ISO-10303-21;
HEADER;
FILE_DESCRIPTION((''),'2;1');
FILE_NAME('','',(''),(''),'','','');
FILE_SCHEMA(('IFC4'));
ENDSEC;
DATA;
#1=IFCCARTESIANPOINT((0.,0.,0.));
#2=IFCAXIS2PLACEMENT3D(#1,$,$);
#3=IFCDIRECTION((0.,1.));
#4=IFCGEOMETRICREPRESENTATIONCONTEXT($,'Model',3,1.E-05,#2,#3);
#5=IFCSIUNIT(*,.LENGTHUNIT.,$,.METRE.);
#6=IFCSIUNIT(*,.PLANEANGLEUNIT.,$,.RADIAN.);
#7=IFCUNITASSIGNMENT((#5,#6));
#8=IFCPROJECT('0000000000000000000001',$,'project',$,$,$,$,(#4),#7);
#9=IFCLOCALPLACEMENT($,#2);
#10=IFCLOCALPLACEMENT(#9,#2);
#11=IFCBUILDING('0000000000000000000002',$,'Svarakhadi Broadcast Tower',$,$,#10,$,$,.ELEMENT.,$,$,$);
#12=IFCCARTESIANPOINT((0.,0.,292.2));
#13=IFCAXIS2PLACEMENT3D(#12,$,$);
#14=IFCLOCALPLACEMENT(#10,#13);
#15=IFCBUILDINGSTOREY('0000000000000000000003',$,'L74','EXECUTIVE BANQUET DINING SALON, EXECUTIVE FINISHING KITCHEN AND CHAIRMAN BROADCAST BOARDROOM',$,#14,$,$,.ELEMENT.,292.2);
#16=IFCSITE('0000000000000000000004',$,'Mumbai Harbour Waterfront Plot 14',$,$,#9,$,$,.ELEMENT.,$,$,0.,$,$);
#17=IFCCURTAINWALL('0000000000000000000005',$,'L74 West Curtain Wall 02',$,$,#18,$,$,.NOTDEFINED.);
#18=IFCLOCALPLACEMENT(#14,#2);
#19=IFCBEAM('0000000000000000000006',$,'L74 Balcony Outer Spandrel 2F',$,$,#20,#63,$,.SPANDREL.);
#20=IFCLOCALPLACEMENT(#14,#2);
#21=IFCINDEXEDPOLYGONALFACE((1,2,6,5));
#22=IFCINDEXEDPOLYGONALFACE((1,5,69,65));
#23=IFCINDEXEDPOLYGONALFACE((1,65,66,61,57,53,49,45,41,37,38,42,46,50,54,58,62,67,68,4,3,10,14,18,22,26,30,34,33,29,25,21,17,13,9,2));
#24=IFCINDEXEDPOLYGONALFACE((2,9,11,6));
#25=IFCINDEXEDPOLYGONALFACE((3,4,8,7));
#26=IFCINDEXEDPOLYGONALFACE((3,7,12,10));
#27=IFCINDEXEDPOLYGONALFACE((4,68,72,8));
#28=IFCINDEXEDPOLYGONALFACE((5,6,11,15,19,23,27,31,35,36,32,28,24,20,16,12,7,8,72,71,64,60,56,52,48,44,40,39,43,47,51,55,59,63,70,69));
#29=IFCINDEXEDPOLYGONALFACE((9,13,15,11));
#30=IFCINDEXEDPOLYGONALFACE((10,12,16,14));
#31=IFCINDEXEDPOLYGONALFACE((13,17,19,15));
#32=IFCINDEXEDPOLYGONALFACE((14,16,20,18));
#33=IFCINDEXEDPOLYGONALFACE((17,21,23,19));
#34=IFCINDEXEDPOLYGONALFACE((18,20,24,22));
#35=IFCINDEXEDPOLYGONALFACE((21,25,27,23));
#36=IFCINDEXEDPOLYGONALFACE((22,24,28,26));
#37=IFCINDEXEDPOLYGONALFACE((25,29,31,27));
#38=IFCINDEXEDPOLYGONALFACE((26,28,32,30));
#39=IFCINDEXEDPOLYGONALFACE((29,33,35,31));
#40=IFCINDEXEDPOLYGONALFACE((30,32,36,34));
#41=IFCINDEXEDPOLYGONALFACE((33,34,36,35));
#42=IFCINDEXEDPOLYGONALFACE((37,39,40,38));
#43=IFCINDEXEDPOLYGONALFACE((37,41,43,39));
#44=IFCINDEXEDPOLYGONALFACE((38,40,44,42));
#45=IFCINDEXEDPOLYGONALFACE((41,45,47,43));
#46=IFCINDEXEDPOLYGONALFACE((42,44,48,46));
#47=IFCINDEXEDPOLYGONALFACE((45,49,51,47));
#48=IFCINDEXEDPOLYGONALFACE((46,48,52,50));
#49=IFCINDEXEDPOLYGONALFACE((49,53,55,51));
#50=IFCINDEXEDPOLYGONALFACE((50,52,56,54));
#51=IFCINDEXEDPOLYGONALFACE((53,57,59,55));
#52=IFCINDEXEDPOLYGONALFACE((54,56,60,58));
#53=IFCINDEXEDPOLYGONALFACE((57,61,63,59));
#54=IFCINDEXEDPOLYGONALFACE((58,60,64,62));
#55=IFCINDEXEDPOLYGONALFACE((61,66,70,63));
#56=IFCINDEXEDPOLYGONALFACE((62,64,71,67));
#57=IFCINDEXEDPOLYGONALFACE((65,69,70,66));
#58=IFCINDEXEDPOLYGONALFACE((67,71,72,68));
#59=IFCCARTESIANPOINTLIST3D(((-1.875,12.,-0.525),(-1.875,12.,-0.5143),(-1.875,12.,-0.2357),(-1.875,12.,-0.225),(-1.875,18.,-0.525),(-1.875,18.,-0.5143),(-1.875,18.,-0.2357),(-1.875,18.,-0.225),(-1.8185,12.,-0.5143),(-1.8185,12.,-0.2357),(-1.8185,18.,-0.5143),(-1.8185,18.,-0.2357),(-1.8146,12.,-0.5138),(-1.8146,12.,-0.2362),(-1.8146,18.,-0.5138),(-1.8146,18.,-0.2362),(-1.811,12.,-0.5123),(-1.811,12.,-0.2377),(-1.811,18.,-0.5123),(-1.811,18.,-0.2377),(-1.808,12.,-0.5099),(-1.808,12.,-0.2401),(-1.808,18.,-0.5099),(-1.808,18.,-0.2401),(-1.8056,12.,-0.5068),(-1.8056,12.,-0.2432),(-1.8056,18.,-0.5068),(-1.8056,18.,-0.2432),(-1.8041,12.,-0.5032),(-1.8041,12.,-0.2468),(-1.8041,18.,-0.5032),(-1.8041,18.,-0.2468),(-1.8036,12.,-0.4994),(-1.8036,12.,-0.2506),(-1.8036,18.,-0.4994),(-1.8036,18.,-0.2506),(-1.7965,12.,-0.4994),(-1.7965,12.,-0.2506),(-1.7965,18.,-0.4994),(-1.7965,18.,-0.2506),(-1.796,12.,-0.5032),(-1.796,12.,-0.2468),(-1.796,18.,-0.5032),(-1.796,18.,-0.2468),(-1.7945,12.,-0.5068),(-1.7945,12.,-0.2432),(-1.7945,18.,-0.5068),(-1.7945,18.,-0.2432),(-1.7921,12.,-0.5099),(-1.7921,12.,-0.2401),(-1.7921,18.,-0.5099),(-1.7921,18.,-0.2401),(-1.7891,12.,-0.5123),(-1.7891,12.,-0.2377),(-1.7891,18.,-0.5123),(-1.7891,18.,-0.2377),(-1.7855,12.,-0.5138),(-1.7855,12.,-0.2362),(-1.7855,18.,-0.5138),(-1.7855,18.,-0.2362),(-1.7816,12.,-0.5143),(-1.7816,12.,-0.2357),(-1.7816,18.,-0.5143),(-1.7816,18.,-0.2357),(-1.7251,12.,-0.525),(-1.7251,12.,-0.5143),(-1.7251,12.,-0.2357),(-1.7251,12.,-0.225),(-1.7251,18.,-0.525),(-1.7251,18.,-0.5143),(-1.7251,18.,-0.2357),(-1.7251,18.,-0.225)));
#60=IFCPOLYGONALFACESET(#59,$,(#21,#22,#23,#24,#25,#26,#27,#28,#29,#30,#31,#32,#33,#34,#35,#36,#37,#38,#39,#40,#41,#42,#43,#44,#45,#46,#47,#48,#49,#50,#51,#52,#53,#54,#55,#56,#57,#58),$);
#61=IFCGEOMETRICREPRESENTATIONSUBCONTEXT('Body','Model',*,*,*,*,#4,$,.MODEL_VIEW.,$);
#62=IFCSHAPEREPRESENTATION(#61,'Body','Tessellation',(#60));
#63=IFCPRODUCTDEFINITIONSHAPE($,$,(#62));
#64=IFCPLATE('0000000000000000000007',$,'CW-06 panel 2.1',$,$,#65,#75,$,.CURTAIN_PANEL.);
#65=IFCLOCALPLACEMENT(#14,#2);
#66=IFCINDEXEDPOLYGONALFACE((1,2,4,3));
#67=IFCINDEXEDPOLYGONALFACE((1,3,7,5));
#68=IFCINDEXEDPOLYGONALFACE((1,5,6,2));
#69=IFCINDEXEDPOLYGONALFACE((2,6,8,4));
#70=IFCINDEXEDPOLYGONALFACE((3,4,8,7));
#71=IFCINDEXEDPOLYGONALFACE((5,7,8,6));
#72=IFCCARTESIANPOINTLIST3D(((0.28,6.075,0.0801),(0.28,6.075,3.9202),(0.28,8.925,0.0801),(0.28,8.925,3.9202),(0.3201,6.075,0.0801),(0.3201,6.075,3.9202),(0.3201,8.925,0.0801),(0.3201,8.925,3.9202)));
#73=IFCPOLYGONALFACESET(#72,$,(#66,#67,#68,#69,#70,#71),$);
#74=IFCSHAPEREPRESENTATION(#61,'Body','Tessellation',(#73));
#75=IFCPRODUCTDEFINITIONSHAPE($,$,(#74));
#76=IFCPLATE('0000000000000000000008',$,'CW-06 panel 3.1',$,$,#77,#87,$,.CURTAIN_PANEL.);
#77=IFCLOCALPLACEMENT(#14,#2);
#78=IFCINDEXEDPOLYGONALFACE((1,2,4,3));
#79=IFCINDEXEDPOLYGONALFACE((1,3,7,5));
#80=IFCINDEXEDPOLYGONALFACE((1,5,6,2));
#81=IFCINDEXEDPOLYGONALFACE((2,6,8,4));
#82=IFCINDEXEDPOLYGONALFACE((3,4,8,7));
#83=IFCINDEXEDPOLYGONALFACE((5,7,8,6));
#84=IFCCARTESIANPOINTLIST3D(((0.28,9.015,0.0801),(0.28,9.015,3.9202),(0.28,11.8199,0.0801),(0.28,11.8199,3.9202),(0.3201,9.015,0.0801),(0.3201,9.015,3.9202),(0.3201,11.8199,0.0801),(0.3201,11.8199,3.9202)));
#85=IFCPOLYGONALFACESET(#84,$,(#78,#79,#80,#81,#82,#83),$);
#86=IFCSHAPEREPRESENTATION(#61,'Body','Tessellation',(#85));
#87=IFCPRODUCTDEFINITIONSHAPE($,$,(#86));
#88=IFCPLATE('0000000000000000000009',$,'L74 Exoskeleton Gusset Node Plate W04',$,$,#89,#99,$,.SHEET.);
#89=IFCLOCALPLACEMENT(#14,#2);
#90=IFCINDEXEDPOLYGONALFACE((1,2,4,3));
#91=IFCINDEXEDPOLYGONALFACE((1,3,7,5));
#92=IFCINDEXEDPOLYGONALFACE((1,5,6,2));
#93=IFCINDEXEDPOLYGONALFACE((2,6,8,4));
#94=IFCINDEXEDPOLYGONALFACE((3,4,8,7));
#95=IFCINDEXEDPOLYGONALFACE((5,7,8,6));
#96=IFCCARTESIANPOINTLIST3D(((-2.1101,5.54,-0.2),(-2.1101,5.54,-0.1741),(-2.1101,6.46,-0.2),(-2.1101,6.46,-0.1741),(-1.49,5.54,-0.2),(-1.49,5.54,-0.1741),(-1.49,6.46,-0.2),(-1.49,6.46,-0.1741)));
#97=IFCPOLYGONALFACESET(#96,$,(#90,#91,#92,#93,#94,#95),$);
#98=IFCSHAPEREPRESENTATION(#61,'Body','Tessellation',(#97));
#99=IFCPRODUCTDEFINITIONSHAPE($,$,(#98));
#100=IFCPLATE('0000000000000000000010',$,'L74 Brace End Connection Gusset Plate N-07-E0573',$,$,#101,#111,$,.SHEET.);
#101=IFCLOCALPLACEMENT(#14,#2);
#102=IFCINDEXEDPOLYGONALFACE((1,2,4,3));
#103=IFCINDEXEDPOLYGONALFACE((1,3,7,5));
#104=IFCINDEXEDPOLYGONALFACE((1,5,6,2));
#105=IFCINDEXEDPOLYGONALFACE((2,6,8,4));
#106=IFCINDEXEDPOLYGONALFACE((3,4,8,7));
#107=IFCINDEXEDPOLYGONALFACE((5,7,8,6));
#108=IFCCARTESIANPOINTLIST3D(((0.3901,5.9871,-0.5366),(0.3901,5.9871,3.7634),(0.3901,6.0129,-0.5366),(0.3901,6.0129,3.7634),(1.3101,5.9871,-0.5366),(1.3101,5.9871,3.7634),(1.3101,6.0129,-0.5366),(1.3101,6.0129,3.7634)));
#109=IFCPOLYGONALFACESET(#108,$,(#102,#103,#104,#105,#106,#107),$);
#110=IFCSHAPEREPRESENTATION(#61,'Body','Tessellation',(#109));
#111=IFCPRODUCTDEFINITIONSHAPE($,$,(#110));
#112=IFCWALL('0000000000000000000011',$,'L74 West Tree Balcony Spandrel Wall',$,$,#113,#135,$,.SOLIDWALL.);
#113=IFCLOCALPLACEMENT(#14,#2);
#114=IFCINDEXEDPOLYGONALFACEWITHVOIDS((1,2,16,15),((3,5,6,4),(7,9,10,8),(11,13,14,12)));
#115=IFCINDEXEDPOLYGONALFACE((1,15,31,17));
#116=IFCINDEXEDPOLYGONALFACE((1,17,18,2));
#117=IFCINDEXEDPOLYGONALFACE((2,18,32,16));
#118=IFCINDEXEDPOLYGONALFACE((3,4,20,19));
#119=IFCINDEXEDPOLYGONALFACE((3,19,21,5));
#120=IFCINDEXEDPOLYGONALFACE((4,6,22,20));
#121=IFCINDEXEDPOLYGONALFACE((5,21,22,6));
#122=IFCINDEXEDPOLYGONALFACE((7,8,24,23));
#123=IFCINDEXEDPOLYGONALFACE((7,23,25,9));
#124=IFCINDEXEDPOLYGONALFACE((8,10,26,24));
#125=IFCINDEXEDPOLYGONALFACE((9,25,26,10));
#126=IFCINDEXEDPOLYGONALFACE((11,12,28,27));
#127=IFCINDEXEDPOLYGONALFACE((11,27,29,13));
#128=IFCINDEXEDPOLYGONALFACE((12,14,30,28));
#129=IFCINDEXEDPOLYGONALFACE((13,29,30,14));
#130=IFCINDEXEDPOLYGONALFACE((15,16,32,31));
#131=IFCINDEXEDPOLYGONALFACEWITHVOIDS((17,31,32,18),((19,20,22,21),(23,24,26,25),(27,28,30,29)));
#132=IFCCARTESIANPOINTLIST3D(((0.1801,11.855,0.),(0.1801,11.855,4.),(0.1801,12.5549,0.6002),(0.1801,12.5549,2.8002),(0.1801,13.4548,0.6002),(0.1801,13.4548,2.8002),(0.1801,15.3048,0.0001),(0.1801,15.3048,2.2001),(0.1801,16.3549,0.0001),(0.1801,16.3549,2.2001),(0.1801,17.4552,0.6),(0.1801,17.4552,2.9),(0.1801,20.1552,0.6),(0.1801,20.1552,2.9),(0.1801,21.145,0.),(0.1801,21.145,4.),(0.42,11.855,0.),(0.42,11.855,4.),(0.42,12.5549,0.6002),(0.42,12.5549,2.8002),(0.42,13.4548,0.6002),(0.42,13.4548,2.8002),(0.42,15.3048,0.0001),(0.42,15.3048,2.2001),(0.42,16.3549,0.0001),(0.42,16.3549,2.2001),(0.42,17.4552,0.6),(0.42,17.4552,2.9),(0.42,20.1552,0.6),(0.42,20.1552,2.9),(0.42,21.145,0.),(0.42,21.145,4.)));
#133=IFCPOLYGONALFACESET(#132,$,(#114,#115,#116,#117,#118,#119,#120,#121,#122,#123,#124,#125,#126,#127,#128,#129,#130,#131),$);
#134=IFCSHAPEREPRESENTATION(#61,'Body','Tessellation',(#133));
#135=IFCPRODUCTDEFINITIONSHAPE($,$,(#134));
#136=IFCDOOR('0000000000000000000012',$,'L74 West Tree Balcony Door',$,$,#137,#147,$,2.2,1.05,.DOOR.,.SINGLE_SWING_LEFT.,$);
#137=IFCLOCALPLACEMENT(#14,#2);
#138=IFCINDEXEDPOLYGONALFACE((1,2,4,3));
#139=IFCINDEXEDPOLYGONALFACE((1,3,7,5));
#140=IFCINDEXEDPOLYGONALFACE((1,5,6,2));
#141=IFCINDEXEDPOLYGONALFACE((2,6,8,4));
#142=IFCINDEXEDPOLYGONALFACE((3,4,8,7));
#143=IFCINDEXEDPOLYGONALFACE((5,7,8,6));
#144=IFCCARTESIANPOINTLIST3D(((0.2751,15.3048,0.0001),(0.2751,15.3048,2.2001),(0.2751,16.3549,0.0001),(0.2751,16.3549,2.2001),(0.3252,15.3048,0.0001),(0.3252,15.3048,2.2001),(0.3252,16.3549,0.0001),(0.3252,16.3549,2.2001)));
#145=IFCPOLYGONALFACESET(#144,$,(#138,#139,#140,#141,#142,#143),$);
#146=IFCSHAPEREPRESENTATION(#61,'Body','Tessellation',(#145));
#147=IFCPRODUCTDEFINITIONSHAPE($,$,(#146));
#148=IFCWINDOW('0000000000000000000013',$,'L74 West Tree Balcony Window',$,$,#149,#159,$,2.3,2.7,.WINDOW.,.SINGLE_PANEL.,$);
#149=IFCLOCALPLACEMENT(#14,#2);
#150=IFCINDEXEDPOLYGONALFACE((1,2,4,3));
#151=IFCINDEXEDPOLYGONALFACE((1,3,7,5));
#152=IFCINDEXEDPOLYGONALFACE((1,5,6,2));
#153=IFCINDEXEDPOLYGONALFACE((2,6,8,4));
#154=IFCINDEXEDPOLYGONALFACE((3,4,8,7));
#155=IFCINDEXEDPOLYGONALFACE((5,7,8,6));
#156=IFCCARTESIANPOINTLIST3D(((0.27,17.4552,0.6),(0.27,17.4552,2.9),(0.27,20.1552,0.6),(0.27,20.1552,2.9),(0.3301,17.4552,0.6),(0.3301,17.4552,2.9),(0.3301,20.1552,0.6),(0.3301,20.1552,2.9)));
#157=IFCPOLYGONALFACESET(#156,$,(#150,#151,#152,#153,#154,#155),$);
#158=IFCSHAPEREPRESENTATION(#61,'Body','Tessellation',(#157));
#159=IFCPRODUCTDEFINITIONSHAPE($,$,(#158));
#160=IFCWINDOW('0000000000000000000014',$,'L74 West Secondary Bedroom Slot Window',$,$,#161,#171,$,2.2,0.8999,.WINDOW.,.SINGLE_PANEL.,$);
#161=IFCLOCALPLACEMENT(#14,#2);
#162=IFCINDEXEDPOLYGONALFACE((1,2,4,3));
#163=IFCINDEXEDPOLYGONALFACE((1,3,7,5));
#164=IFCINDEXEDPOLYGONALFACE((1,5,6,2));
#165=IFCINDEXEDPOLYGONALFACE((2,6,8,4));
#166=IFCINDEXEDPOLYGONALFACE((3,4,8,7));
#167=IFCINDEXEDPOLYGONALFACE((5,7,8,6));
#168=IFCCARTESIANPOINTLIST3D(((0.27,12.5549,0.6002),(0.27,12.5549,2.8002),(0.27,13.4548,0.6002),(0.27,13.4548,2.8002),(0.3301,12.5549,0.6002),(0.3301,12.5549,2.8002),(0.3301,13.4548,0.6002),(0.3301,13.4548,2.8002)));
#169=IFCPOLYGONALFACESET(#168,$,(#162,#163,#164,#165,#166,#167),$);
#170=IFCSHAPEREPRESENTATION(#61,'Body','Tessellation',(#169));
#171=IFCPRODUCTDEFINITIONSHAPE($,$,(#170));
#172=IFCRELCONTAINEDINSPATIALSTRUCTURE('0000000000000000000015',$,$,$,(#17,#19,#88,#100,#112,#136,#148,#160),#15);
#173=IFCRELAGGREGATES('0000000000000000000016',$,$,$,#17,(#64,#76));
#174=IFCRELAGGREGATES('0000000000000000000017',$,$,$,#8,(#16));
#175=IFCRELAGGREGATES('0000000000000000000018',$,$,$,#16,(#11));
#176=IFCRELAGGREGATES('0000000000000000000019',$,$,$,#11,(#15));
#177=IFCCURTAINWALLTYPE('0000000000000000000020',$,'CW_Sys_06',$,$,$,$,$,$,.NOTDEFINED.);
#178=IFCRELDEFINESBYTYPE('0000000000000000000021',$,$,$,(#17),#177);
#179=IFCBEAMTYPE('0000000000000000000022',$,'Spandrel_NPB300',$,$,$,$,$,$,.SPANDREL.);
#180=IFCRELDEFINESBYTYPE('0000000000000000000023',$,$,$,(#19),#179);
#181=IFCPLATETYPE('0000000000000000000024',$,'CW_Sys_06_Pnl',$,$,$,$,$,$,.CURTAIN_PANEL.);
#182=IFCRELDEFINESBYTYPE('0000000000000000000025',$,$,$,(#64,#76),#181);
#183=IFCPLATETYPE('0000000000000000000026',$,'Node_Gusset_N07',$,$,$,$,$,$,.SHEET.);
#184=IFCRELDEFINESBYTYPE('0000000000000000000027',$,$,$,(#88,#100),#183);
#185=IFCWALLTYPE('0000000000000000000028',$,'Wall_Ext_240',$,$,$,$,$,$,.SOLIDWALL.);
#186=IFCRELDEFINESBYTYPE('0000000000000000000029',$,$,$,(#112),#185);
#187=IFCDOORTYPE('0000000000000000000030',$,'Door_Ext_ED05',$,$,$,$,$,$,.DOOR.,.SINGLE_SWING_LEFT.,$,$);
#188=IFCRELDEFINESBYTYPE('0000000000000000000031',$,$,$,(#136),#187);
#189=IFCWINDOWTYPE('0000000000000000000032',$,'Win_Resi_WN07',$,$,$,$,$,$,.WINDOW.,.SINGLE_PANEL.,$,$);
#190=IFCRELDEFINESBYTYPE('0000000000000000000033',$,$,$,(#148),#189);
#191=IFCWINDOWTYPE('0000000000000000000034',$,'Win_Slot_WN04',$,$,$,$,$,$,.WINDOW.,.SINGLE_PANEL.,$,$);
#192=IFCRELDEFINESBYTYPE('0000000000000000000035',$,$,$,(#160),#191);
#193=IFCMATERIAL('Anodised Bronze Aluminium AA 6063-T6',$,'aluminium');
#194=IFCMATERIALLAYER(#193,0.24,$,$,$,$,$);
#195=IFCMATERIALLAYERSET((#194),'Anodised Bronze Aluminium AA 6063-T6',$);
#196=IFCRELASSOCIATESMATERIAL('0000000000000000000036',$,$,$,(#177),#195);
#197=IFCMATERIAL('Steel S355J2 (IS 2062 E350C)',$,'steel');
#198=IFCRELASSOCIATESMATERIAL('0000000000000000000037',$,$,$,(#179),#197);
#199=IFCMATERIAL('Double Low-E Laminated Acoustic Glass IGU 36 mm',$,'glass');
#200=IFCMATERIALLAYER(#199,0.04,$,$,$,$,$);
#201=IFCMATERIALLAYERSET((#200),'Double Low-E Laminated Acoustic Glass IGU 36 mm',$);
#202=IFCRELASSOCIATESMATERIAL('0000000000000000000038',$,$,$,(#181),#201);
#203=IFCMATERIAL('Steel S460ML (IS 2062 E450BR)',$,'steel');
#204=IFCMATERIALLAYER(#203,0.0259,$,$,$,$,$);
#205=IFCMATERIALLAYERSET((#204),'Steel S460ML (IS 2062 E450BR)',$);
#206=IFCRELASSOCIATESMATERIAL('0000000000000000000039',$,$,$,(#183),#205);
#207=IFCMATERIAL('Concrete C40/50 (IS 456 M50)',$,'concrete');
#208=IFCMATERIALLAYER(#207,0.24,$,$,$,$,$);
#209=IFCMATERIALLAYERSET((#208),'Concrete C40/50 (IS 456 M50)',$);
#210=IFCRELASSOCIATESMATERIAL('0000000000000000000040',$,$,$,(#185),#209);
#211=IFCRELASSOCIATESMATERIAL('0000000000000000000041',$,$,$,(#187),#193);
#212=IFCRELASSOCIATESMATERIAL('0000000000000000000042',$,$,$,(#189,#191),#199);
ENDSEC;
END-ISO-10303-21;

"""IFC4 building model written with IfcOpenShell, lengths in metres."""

from ifc_helpers import new_model, si_unit, direction, frame, frame_2d, origin, origin_2d, place, context, subcontext, project, spatial, rectangle, i_section, extrude, material, layer, layer_set, material_profile, profile_set, type_object, element, fill, aggregate, save


model = new_model("IFC4")

# Units and contexts
model_context = context("Model", 3, precision=1e-05, world=origin(), true_north=direction((0.0, 1.0)))
body_context = subcontext(model_context, "Body", "Model", "MODEL_VIEW")
ifc_project = project(units=[si_unit("LENGTHUNIT", "METRE"), si_unit("PLANEANGLEUNIT", "RADIAN")], contexts=[model_context])

# Site, building, storey
site_placement = place(None, origin())
site = spatial("IfcSite", under=ifc_project, at=site_placement, Name="Mumbai Harbour Waterfront Plot 14", CompositionType="ELEMENT", RefElevation=0.0)
building_placement = place(site_placement, origin())
building = spatial("IfcBuilding", under=site, at=building_placement, Name="Svarakhadi Broadcast Tower", CompositionType="ELEMENT")
storey_placement = place(building_placement, frame((0.0, 0.0, 292.2)))
storey = spatial("IfcBuildingStorey", under=building, at=storey_placement, Name="L74", Description="EXECUTIVE BANQUET DINING SALON, EXECUTIVE FINISHING KITCHEN AND CHAIRMAN BROADCAST BOARDROOM", CompositionType="ELEMENT", Elevation=292.2)

# Shared definitions
ifc_material_1 = material(Name="Steel S460ML (IS 2062 E450BR)", Category="steel")

# Shared definitions
ifc_material_2 = material(Name="Steel S355J2 (IS 2062 E350C)", Category="steel")

# Curtain wall
ifc_material_3 = material(Name="Anodised Bronze Aluminium AA 6063-T6", Category="aluminium")
ifc_layer_1 = layer(ifc_material_3, 0.24)
ifc_layer_set_1 = layer_set([ifc_layer_1], Name="Anodised Bronze Aluminium AA 6063-T6")
curtain_wall_type = type_object("IfcCurtainWallType", Name="CW_Sys_06", PredefinedType="NOTDEFINED", material=ifc_layer_set_1)
curtain_wall_placement = place(storey_placement, origin())
curtain_wall = element("IfcCurtainWall", 1, at=curtain_wall_placement, inside=storey, type_object=curtain_wall_type, Name="L74 West Curtain Wall 02", PredefinedType="NOTDEFINED")

# Beam
ifc_material_profile_1 = material_profile(ifc_material_2, i_section(OverallWidth=0.1499, OverallDepth=0.3, WebThickness=0.0071, FlangeThickness=0.0107, FilletRadius=0.0149, at=origin_2d()), Name="NPB 300x150x37")
ifc_profile_set_1 = profile_set([ifc_material_profile_1], Name="Steel S355J2 (IS 2062 E350C)")
beam_type_1 = type_object("IfcBeamType", Name="Spandrel_NPB300", PredefinedType="SPANDREL", material=ifc_profile_set_1)
beam_1_placement = place(storey_placement, frame((-1.8, 12.0, -0.375), z_axis=(0.0, 1.0, 0.0), x_axis=(-1.0, 0.0, 0.0)))
element("IfcBeam", 2, at=beam_1_placement, inside=storey, type_object=beam_type_1, Name="L74 Balcony Outer Spandrel 2F", PredefinedType="SPANDREL", context=body_context, shape_type="SweptSolid", body=[
    extrude(i_section(OverallWidth=0.1499, OverallDepth=0.3, WebThickness=0.0071, FlangeThickness=0.0107, FilletRadius=0.0149, at=origin_2d()), origin(), (0.0, 0.0, 1.0), 6.0),
])

# Plates
ifc_material_4 = material(Name="Double Low-E Laminated Acoustic Glass IGU 36 mm", Category="glass")
ifc_layer_2 = layer(ifc_material_4, 0.04)
ifc_layer_set_2 = layer_set([ifc_layer_2], Name="Double Low-E Laminated Acoustic Glass IGU 36 mm")
plate_type_1 = type_object("IfcPlateType", Name="CW_Sys_06_Pnl", PredefinedType="CURTAIN_PANEL", material=ifc_layer_set_2)
plate_1_placement = place(storey_placement, frame((0.3, 7.5, 0.0801), z_axis=(0.0, 0.0, 1.0), x_axis=(0.0, 1.0, 0.0)))
plate_1 = element("IfcPlate", 3, at=plate_1_placement, type_object=plate_type_1, Name="CW-06 panel 2.1", PredefinedType="CURTAIN_PANEL", context=body_context, shape_type="SweptSolid", body=[
    extrude(rectangle(XDim=2.8501, YDim=0.04, at=origin_2d()), origin(), (0.0, 0.0, 1.0), 3.8401),
])
plate_2_placement = place(storey_placement, frame((0.3, 10.4175, 0.0801), z_axis=(0.0, 0.0, 1.0), x_axis=(0.0, 1.0, 0.0)))
plate_2 = element("IfcPlate", 4, at=plate_2_placement, type_object=plate_type_1, Name="CW-06 panel 3.1", PredefinedType="CURTAIN_PANEL", context=body_context, shape_type="SweptSolid", body=[
    extrude(rectangle(XDim=2.8049, YDim=0.04, at=origin_2d()), origin(), (0.0, 0.0, 1.0), 3.8401),
])
aggregate(curtain_wall, [plate_1, plate_2])

# Plates
ifc_layer_3 = layer(ifc_material_1, 0.0259)
ifc_layer_set_3 = layer_set([ifc_layer_3], Name="Steel S460ML (IS 2062 E450BR)")
plate_type_2 = type_object("IfcPlateType", Name="Node_Gusset_N07", PredefinedType="SHEET", material=ifc_layer_set_3)
plate_3_placement = place(storey_placement, frame((-1.8, 6.0, -0.2), z_axis=(0.0, 0.0, 1.0), x_axis=(0.0, 1.0, 0.0)))
element("IfcPlate", 5, at=plate_3_placement, inside=storey, type_object=plate_type_2, Name="L74 Exoskeleton Gusset Node Plate W04", PredefinedType="SHEET", context=body_context, shape_type="SweptSolid", body=[
    extrude(rectangle(XDim=0.9199, YDim=0.6201, at=origin_2d()), origin(), (0.0, 0.0, 1.0), 0.0259),
])
plate_4_placement = place(storey_placement, frame((0.8501, 6.0, -0.5366), z_axis=(0.0, 0.0, 1.0), x_axis=(1.0, 0.0, 0.0)))
element("IfcPlate", 6, at=plate_4_placement, inside=storey, type_object=plate_type_2, Name="L74 Brace End Connection Gusset Plate N-07-E0573", PredefinedType="SHEET", context=body_context, shape_type="SweptSolid", body=[
    extrude(rectangle(XDim=0.9199, YDim=0.0259, at=origin_2d()), origin(), (0.0, 0.0, 1.0), 4.3),
])

# Wall, openings, door, windows
ifc_material_5 = material(Name="Concrete C40/50 (IS 456 M50)", Category="concrete")
ifc_layer_4 = layer(ifc_material_5, 0.24)
ifc_layer_set_4 = layer_set([ifc_layer_4], Name="Concrete C40/50 (IS 456 M50)")
wall_type_1 = type_object("IfcWallType", Name="Wall_Ext_240", PredefinedType="SOLIDWALL", material=ifc_layer_set_4)
wall_1_placement = place(storey_placement, frame((0.3, 11.855, 0.0), z_axis=(0.0, 0.0, 1.0), x_axis=(0.0, 1.0, 0.0)))
wall_1 = element("IfcWall", 7, at=wall_1_placement, inside=storey, type_object=wall_type_1, Name="L74 West Tree Balcony Spandrel Wall", PredefinedType="SOLIDWALL", context=body_context, shape_type="SweptSolid", body=[
    extrude(rectangle(XDim=9.29, YDim=0.24, at=frame_2d((4.645, 0.0))), origin(), (0.0, 0.0, 1.0), 4.0),
])
opening_1_placement = place(wall_1_placement, frame((3.45, 0.0, 0.0)))
opening_1 = element("IfcOpeningElement", 8, at=opening_1_placement, cuts=wall_1, PredefinedType="OPENING", context=body_context, shape_type="SweptSolid", body=[
    extrude(rectangle(XDim=1.05, YDim=2.2, at=frame_2d((0.5249, 1.1001))), frame((0.0, 0.1299, 0.0), z_axis=(0.0, -1.0, 0.0), x_axis=(1.0, 0.0, 0.0)), (0.0, 0.0, 1.0), 0.26),
])
opening_2_placement = place(wall_1_placement, frame((5.6001, 0.0, 0.6001)))
opening_2 = element("IfcOpeningElement", 9, at=opening_2_placement, cuts=wall_1, PredefinedType="OPENING", context=body_context, shape_type="SweptSolid", body=[
    extrude(rectangle(XDim=2.7, YDim=2.3, at=frame_2d((1.3501, 1.1499))), frame((0.0, 0.1299, 0.0), z_axis=(0.0, -1.0, 0.0), x_axis=(1.0, 0.0, 0.0)), (0.0, 0.0, 1.0), 0.26),
])
opening_3_placement = place(wall_1_placement, frame((0.7, 0.0, 0.6001)))
opening_3 = element("IfcOpeningElement", 10, at=opening_3_placement, cuts=wall_1, PredefinedType="OPENING", context=body_context, shape_type="SweptSolid", body=[
    extrude(rectangle(XDim=0.8999, YDim=2.2, at=frame_2d((0.45, 1.1001))), frame((0.0, 0.1299, 0.0), z_axis=(0.0, -1.0, 0.0), x_axis=(1.0, 0.0, 0.0)), (0.0, 0.0, 1.0), 0.26),
])
door_type = type_object("IfcDoorType", Name="Door_Ext_ED05", OperationType="SINGLE_SWING_LEFT", PredefinedType="DOOR", material=ifc_material_3)
door_placement = place(opening_1_placement, origin())
door = element("IfcDoor", 11, at=door_placement, inside=storey, type_object=door_type, Name="L74 West Tree Balcony Door", OperationType="SINGLE_SWING_LEFT", OverallHeight=2.2, OverallWidth=1.05, PredefinedType="DOOR", context=body_context, shape_type="SweptSolid", body=[
    extrude(rectangle(XDim=1.05, YDim=2.2, at=frame_2d((0.5249, 1.1001))), frame((0.0, 0.0249, 0.0), z_axis=(0.0, -1.0, 0.0), x_axis=(1.0, 0.0, 0.0)), (0.0, 0.0, 1.0), 0.05),
])
fill(opening_1, door)
window_type_1 = type_object("IfcWindowType", Name="Win_Resi_WN07", PartitioningType="SINGLE_PANEL", PredefinedType="WINDOW", material=ifc_material_4)
window_1_placement = place(opening_2_placement, origin())
window_1 = element("IfcWindow", 12, at=window_1_placement, inside=storey, type_object=window_type_1, Name="L74 West Tree Balcony Window", OverallHeight=2.3, OverallWidth=2.7, PartitioningType="SINGLE_PANEL", PredefinedType="WINDOW", context=body_context, shape_type="SweptSolid", body=[
    extrude(rectangle(XDim=2.7, YDim=2.3, at=frame_2d((1.3501, 1.1499))), frame((0.0, 0.03, 0.0), z_axis=(0.0, -1.0, 0.0), x_axis=(1.0, 0.0, 0.0)), (0.0, 0.0, 1.0), 0.0601),
])
fill(opening_2, window_1)
window_type_2 = type_object("IfcWindowType", Name="Win_Slot_WN04", PartitioningType="SINGLE_PANEL", PredefinedType="WINDOW", material=ifc_material_4)
window_2_placement = place(opening_3_placement, origin())
window_2 = element("IfcWindow", 13, at=window_2_placement, inside=storey, type_object=window_type_2, Name="L74 West Secondary Bedroom Slot Window", OverallHeight=2.2, OverallWidth=0.8999, PartitioningType="SINGLE_PANEL", PredefinedType="WINDOW", context=body_context, shape_type="SweptSolid", body=[
    extrude(rectangle(XDim=0.8999, YDim=2.2, at=frame_2d((0.45, 1.1001))), frame((0.0, 0.03, 0.0), z_axis=(0.0, -1.0, 0.0), x_axis=(1.0, 0.0, 0.0)), (0.0, 0.0, 1.0), 0.0601),
])
fill(opening_3, window_2)

save(model, "model.ifc")
